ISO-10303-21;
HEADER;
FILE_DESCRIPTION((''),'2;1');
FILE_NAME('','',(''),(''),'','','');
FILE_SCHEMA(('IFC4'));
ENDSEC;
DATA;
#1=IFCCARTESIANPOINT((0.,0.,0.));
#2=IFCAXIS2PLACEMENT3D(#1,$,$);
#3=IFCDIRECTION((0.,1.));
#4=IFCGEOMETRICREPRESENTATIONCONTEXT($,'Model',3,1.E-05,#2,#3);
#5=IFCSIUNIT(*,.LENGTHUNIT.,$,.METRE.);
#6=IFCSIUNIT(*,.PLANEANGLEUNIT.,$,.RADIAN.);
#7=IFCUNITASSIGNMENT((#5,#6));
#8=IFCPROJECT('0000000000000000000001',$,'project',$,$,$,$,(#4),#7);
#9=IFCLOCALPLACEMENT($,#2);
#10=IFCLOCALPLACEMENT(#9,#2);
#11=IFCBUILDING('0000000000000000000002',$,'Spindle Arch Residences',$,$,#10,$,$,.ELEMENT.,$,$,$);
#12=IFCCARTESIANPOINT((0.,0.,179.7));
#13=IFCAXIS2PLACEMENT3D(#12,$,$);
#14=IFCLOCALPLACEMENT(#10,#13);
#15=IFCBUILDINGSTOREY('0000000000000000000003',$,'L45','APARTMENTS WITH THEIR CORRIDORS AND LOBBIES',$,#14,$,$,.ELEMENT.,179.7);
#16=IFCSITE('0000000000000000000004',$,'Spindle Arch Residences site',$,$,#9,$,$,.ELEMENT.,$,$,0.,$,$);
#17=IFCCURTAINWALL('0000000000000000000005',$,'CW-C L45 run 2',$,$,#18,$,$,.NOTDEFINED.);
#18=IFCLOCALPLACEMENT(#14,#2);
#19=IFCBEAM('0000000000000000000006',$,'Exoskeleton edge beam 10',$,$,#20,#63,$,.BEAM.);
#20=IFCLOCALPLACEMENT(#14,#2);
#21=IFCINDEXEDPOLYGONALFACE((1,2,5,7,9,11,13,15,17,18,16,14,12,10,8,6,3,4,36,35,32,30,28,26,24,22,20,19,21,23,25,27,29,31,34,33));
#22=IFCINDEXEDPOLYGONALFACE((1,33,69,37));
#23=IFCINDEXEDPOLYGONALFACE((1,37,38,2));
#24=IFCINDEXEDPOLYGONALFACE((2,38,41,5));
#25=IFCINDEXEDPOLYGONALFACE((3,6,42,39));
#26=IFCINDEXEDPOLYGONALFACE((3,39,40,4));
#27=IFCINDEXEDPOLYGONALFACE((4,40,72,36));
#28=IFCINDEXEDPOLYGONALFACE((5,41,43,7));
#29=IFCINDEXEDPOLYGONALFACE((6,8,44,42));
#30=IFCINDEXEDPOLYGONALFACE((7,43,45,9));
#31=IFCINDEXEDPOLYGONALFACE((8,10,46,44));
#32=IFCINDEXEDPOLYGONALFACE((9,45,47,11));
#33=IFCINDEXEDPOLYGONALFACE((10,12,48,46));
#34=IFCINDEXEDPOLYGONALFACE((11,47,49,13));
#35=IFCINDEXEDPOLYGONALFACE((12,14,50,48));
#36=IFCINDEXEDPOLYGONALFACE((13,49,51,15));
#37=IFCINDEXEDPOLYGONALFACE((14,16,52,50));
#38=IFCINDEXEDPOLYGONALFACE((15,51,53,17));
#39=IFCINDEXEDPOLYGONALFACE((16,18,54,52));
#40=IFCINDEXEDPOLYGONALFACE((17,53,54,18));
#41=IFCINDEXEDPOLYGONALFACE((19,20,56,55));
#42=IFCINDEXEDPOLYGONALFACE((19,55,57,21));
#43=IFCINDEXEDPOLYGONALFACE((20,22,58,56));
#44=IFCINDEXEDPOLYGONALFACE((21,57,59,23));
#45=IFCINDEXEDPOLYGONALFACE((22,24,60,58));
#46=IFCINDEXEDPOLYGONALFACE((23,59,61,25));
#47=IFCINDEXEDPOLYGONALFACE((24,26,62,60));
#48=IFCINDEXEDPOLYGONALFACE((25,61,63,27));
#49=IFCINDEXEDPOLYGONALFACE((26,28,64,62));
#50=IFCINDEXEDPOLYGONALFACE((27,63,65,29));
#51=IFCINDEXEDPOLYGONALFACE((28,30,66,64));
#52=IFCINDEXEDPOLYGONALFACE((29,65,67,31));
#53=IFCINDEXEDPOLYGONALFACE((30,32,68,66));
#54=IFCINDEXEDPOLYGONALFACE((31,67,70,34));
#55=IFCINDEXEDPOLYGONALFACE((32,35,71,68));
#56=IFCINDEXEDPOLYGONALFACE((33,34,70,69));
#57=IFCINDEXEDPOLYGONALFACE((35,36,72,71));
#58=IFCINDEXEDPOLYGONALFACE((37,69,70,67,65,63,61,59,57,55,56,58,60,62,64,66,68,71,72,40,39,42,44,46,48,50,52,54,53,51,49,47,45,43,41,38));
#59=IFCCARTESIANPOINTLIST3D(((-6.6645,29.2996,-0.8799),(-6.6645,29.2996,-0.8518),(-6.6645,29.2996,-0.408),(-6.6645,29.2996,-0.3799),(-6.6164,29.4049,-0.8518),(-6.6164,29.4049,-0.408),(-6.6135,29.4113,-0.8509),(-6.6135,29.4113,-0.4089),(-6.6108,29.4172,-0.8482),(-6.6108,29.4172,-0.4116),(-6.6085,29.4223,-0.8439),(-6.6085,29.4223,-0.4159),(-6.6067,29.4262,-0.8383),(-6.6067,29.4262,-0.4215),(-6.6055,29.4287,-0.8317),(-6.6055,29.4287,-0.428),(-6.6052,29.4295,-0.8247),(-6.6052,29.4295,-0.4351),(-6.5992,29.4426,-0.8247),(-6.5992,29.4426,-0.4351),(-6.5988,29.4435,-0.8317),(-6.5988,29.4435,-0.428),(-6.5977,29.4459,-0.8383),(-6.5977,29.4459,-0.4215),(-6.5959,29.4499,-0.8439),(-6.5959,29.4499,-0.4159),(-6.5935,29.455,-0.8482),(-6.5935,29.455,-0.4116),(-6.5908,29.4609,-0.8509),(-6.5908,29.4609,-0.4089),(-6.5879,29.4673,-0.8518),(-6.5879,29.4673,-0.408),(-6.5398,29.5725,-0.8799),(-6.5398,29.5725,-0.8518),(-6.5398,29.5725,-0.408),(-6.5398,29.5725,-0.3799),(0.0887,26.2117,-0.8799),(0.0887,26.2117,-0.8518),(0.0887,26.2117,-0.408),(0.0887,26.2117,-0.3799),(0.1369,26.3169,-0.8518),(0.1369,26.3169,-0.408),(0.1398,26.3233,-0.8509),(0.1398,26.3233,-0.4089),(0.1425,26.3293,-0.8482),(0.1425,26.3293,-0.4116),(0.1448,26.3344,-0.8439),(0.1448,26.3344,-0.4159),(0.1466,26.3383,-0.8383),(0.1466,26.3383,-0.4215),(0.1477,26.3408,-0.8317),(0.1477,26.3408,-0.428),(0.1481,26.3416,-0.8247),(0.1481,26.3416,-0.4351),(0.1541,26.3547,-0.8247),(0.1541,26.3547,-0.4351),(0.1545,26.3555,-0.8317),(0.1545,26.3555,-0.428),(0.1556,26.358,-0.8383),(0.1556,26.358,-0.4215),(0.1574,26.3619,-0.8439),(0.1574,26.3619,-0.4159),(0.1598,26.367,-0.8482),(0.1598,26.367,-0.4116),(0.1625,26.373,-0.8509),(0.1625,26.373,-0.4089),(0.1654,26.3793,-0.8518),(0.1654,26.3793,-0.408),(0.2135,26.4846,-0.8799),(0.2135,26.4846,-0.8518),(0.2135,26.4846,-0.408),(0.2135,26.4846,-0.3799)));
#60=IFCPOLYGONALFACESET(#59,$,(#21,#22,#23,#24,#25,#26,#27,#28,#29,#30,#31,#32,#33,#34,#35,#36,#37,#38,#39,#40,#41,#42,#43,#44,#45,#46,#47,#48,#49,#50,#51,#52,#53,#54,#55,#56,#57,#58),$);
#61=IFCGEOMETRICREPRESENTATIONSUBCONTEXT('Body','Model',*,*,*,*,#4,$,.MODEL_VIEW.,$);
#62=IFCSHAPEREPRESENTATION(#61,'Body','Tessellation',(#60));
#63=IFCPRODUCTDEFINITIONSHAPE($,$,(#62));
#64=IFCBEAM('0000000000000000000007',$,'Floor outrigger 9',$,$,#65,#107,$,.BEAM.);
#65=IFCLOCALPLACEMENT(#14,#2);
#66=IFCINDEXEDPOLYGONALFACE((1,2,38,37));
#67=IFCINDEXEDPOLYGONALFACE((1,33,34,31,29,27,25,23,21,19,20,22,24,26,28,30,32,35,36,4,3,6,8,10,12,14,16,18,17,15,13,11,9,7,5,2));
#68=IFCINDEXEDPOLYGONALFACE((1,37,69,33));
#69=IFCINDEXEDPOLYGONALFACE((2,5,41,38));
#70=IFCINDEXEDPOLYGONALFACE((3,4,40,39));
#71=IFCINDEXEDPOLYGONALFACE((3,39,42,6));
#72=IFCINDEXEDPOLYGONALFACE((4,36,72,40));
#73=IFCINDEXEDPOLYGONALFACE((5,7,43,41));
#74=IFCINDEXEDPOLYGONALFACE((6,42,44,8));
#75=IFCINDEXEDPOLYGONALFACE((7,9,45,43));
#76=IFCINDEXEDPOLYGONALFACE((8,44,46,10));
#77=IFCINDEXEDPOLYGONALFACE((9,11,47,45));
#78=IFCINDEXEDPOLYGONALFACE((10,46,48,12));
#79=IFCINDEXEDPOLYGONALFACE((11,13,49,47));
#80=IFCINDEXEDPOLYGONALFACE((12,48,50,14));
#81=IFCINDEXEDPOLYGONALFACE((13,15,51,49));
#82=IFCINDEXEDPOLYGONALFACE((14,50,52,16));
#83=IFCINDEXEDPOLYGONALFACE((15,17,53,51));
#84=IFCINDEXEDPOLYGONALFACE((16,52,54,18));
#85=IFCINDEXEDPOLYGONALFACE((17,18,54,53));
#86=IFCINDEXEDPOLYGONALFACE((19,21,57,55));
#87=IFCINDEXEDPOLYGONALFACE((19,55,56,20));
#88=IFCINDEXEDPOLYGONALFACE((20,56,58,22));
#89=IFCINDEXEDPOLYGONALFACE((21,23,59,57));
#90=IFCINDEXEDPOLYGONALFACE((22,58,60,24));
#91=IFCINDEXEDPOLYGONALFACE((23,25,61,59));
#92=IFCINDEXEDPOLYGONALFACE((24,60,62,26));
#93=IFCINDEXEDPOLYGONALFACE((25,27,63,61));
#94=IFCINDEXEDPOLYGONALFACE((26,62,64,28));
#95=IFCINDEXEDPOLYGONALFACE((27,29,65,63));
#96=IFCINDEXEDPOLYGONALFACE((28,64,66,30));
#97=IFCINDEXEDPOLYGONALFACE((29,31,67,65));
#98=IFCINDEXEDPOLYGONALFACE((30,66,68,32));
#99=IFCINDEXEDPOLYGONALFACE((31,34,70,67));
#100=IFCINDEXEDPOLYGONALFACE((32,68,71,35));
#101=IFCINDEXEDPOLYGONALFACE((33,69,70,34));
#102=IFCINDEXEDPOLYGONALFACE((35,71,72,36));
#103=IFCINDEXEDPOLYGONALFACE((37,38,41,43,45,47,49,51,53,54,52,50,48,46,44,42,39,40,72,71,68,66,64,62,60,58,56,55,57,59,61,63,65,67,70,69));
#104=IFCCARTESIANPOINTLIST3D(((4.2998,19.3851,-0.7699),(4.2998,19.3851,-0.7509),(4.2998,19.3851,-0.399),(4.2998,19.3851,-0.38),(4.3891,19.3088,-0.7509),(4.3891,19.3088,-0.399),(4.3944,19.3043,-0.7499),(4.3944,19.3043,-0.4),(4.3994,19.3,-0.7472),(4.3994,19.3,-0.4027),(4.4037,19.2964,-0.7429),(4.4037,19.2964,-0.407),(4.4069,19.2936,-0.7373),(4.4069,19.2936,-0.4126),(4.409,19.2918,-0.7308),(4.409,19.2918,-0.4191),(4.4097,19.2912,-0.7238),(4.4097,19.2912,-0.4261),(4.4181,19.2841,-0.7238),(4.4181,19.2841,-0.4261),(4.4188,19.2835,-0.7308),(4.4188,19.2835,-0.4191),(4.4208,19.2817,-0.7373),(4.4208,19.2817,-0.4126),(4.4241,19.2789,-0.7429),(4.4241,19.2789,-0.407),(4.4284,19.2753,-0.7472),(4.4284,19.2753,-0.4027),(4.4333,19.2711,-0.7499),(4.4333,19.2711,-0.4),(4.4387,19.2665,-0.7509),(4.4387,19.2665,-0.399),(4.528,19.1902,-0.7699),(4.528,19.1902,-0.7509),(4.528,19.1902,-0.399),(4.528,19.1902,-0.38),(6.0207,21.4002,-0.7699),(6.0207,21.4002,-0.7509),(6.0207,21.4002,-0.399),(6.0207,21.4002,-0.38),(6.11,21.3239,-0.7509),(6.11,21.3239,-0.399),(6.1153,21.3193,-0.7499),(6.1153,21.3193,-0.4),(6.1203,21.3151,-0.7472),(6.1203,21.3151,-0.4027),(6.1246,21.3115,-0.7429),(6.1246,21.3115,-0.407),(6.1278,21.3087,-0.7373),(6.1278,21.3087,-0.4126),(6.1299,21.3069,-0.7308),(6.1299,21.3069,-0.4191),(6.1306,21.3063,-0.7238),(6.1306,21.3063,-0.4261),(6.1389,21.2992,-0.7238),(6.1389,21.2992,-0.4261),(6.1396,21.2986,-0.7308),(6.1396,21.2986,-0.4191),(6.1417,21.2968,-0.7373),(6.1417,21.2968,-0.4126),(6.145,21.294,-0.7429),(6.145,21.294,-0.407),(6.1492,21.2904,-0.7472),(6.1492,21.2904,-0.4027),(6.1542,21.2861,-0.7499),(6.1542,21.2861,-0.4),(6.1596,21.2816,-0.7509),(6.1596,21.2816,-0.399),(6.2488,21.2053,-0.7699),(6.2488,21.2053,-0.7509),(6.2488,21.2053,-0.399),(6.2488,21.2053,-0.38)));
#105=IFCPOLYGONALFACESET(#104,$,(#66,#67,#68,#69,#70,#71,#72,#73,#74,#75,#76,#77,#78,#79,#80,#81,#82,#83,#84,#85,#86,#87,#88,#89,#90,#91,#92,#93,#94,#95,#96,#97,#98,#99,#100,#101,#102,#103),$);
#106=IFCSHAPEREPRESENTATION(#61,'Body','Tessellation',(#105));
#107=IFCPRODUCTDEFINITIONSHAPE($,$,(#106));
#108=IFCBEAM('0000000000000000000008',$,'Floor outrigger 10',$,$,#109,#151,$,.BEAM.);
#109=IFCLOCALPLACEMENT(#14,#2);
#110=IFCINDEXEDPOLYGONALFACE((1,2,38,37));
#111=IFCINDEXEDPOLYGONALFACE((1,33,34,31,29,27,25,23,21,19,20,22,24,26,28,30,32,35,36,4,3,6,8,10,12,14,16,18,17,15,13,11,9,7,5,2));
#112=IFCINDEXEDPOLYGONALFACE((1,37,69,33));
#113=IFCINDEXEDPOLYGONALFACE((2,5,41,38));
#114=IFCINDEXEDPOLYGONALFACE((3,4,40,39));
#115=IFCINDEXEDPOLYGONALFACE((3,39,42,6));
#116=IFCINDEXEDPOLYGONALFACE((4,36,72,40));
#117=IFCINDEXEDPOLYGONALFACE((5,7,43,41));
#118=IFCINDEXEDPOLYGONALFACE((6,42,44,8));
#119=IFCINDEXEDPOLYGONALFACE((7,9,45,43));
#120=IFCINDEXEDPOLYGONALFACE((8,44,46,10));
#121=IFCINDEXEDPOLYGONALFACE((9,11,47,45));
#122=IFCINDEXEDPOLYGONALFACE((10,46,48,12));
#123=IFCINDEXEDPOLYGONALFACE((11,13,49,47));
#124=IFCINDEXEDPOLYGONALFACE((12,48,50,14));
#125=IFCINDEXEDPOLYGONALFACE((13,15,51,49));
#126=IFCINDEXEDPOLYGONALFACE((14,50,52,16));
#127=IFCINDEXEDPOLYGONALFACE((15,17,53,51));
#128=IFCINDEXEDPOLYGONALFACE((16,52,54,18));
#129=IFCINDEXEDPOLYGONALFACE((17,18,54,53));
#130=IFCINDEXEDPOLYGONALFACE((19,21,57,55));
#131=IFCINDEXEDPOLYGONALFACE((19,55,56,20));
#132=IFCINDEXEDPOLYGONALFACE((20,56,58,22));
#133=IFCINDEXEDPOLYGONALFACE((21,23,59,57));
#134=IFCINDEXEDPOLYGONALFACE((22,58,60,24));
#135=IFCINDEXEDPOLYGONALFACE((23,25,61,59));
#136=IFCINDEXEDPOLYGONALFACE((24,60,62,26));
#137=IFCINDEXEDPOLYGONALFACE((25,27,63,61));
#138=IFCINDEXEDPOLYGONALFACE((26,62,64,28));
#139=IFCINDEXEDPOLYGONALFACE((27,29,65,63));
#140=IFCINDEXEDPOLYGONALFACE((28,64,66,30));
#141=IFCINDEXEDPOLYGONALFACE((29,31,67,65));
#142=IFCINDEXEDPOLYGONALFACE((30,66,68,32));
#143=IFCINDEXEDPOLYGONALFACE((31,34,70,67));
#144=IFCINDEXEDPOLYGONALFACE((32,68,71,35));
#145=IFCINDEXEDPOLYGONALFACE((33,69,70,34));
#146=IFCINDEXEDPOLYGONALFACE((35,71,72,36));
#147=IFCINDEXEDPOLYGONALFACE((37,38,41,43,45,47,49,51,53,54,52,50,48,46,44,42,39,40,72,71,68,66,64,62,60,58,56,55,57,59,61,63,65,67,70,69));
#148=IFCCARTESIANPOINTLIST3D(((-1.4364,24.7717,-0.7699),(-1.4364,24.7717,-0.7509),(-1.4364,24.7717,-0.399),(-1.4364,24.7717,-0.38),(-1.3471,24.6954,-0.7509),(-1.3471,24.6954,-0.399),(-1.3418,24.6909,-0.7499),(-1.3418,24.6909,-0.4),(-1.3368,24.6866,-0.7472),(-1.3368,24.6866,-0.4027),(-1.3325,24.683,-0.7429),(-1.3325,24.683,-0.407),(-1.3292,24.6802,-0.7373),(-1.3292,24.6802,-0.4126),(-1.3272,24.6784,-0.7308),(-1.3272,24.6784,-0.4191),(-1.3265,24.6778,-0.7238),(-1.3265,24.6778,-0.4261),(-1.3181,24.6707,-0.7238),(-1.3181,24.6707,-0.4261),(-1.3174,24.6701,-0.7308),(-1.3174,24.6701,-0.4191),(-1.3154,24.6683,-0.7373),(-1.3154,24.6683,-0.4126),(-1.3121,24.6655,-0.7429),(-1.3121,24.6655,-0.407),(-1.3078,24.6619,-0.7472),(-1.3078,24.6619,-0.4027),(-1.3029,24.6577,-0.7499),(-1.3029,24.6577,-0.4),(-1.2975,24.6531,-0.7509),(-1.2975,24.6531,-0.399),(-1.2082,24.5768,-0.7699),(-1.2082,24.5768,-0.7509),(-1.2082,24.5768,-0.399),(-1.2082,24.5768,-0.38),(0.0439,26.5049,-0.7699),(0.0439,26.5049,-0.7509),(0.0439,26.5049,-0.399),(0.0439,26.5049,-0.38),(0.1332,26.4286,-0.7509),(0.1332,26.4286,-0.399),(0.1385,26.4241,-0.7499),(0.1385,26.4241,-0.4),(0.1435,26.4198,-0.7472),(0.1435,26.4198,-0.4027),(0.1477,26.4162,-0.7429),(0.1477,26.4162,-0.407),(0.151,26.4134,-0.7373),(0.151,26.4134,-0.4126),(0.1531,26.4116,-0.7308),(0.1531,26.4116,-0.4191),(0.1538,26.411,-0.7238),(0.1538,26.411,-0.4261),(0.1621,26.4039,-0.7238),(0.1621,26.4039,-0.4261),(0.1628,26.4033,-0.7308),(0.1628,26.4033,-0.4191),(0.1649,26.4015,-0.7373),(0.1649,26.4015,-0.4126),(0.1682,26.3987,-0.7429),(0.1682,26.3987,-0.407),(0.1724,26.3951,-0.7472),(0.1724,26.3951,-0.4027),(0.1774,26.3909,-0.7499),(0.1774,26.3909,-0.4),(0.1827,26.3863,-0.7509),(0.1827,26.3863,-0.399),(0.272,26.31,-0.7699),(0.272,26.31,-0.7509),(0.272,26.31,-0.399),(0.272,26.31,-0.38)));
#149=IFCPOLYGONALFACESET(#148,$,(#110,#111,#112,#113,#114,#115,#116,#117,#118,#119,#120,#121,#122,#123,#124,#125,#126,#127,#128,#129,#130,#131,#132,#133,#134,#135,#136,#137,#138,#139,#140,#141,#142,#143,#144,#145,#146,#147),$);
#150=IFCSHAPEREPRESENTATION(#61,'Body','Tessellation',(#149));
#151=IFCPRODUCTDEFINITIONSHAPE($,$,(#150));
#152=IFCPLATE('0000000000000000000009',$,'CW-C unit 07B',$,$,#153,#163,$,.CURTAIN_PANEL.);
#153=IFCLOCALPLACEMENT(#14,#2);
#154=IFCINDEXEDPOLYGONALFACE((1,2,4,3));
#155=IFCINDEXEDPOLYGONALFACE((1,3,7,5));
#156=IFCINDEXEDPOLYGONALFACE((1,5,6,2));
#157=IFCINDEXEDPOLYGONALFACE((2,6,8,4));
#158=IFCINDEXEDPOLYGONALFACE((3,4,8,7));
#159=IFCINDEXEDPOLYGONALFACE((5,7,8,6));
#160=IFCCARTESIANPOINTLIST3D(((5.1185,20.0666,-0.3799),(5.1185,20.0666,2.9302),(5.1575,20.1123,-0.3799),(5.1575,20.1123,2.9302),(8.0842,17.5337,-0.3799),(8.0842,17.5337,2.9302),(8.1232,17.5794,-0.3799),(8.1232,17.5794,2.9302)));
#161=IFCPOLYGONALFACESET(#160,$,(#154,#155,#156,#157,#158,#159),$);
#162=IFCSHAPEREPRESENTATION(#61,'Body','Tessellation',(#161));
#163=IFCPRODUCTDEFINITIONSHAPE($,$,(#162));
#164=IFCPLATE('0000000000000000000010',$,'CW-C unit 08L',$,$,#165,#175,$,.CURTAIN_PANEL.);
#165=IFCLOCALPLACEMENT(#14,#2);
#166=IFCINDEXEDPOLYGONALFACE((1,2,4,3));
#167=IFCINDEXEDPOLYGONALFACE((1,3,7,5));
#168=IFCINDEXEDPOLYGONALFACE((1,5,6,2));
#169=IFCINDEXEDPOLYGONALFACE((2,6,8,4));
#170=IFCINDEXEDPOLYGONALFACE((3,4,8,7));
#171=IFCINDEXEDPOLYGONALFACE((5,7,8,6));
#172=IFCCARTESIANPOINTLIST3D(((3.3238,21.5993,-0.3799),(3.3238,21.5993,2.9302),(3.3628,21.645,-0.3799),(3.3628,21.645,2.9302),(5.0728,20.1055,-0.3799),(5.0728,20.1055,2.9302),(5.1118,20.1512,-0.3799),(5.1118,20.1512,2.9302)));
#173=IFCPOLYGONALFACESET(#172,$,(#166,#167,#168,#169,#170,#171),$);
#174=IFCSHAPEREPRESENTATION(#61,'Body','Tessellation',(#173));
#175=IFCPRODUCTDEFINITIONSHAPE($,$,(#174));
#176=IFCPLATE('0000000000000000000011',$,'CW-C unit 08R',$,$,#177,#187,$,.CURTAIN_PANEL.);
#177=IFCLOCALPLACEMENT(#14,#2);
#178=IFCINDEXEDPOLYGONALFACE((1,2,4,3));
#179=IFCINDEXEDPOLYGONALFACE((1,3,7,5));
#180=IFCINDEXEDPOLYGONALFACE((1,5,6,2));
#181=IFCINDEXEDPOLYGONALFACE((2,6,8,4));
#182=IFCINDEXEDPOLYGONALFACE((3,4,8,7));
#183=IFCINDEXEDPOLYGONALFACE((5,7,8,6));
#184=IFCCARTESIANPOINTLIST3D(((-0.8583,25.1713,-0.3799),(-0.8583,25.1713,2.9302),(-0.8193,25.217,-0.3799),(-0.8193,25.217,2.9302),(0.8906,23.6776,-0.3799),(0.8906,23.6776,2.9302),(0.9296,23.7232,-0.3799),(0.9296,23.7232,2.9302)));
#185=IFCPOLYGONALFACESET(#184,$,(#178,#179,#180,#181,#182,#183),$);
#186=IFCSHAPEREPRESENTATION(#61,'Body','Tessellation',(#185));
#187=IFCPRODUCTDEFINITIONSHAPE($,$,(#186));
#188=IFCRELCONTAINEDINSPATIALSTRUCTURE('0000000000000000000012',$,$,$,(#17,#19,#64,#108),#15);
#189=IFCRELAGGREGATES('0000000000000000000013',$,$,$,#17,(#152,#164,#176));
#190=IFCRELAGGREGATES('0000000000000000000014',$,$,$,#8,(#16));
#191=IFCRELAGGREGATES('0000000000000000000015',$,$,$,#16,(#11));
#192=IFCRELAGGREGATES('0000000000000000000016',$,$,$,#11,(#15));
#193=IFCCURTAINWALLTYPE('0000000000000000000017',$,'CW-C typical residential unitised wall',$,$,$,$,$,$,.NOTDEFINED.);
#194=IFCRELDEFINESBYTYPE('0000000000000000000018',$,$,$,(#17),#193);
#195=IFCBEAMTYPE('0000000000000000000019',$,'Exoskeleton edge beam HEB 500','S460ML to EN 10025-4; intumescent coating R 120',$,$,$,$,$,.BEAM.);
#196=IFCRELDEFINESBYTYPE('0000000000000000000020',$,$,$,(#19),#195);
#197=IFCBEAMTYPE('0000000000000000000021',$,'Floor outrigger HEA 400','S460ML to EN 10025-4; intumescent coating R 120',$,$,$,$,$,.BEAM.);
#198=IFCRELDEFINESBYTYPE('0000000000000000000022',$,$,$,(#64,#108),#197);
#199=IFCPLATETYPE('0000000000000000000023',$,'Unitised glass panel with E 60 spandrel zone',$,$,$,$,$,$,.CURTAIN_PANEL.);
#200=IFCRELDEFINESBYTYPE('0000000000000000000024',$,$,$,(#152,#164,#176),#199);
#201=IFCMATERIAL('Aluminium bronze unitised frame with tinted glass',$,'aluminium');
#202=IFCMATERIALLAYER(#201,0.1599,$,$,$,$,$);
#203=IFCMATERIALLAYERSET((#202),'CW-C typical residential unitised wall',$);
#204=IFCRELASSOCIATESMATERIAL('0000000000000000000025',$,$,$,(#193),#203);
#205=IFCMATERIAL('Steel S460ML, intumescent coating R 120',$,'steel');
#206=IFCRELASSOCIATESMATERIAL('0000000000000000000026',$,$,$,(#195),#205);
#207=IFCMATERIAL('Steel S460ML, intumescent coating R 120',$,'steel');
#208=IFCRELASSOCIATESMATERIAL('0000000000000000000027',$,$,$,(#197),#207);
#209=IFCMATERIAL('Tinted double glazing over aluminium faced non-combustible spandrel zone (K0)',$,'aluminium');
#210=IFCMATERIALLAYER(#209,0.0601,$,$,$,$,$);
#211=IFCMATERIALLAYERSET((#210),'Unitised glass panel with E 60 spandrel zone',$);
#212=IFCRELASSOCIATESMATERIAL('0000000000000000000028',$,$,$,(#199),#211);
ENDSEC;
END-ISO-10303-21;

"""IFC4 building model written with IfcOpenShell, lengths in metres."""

from ifc_helpers import new_model, si_unit, direction, frame, origin, origin_2d, place, context, subcontext, project, spatial, rectangle, i_section, extrude, material, layer, layer_set, material_profile, profile_set, type_object, element, aggregate, save


model = new_model("IFC4")

# Units and contexts
model_context = context("Model", 3, precision=1e-05, world=origin(), true_north=direction((0.0, 1.0)))
body_context = subcontext(model_context, "Body", "Model", "MODEL_VIEW")
ifc_project = project(units=[si_unit("LENGTHUNIT", "METRE"), si_unit("PLANEANGLEUNIT", "RADIAN")], contexts=[model_context])

# Site, building, storey
site_placement = place(None, origin())
site = spatial("IfcSite", under=ifc_project, at=site_placement, Name="Spindle Arch Residences site", CompositionType="ELEMENT", RefElevation=0.0)
building_placement = place(site_placement, origin())
building = spatial("IfcBuilding", under=site, at=building_placement, Name="Spindle Arch Residences", CompositionType="ELEMENT")
storey_placement = place(building_placement, frame((0.0, 0.0, 179.7)))
storey = spatial("IfcBuildingStorey", under=building, at=storey_placement, Name="L45", Description="APARTMENTS WITH THEIR CORRIDORS AND LOBBIES", CompositionType="ELEMENT", Elevation=179.7)

# Curtain wall
ifc_material_1 = material(Name="Aluminium bronze unitised frame with tinted glass", Category="aluminium")
ifc_layer_1 = layer(ifc_material_1, 0.1599)
ifc_layer_set_1 = layer_set([ifc_layer_1], Name="CW-C typical residential unitised wall")
curtain_wall_type_1 = type_object("IfcCurtainWallType", Name="CW-C typical residential unitised wall", PredefinedType="NOTDEFINED", material=ifc_layer_set_1)
curtain_wall_1_placement = place(storey_placement, origin())
curtain_wall_1 = element("IfcCurtainWall", 1, at=curtain_wall_1_placement, inside=storey, type_object=curtain_wall_type_1, Name="CW-C L45 run 2", PredefinedType="NOTDEFINED")

# Beams
ifc_material_2 = material(Name="Steel S460ML, intumescent coating R 120", Category="steel")
ifc_material_profile_1 = material_profile(ifc_material_2, i_section(OverallWidth=0.3, OverallDepth=0.5, WebThickness=0.0144, FlangeThickness=0.0281, FilletRadius=0.0271, at=origin_2d()), Name="HEB 500")
ifc_profile_set_1 = profile_set([ifc_material_profile_1], Name="Steel S460ML, intumescent coating R 120")
beam_type_1 = type_object("IfcBeamType", Name="Exoskeleton edge beam HEB 500", Description="S460ML to EN 10025-4; intumescent coating R 120", PredefinedType="BEAM", material=ifc_profile_set_1)
beam_1_placement = place(storey_placement, frame((0.1511, 26.3481, -0.6299), z_axis=(-0.909438, 0.415841, 0.0), x_axis=(-0.415841, -0.909438, 0.0)))
element("IfcBeam", 2, at=beam_1_placement, inside=storey, type_object=beam_type_1, Name="Exoskeleton edge beam 10", PredefinedType="BEAM", context=body_context, shape_type="SweptSolid", body=[
    extrude(i_section(OverallWidth=0.3, OverallDepth=0.5, WebThickness=0.0144, FlangeThickness=0.0281, FilletRadius=0.0271, at=origin_2d()), origin(), (0.0, 0.0, 1.0), 7.4258),
])
ifc_material_3 = material(Name="Steel S460ML, intumescent coating R 120", Category="steel")
ifc_material_profile_2 = material_profile(ifc_material_3, i_section(OverallWidth=0.3, OverallDepth=0.3899, WebThickness=0.011, FlangeThickness=0.019, FilletRadius=0.0271, at=origin_2d()), Name="HEA 400")
ifc_profile_set_2 = profile_set([ifc_material_profile_2], Name="Steel S460ML, intumescent coating R 120")
beam_type_2 = type_object("IfcBeamType", Name="Floor outrigger HEA 400", Description="S460ML to EN 10025-4; intumescent coating R 120", PredefinedType="BEAM", material=ifc_profile_set_2)
beam_2_placement = place(storey_placement, frame((6.1348, 21.3027, -0.575), z_axis=(-0.649417, -0.760432, 0.0), x_axis=(0.760432, -0.649417, 0.0)))
element("IfcBeam", 3, at=beam_2_placement, inside=storey, type_object=beam_type_2, Name="Floor outrigger 9", PredefinedType="BEAM", context=body_context, shape_type="SweptSolid", body=[
    extrude(i_section(OverallWidth=0.3, OverallDepth=0.3899, WebThickness=0.011, FlangeThickness=0.019, FilletRadius=0.0271, at=origin_2d()), origin(), (0.0, 0.0, 1.0), 2.6499),
])
beam_3_placement = place(storey_placement, frame((0.158, 26.4075, -0.575), z_axis=(-0.649441, -0.760412, 0.0), x_axis=(0.760412, -0.649441, 0.0)))
element("IfcBeam", 4, at=beam_3_placement, inside=storey, type_object=beam_type_2, Name="Floor outrigger 10", PredefinedType="BEAM", context=body_context, shape_type="SweptSolid", body=[
    extrude(i_section(OverallWidth=0.3, OverallDepth=0.3899, WebThickness=0.011, FlangeThickness=0.019, FilletRadius=0.0271, at=origin_2d()), origin(), (0.0, 0.0, 1.0), 2.2793),
])

# Plates
ifc_material_4 = material(Name="Tinted double glazing over aluminium faced non-combustible spandrel zone (K0)", Category="aluminium")
ifc_layer_2 = layer(ifc_material_4, 0.0601)
ifc_layer_set_2 = layer_set([ifc_layer_2], Name="Unitised glass panel with E 60 spandrel zone")
plate_type = type_object("IfcPlateType", Name="Unitised glass panel with E 60 spandrel zone", PredefinedType="CURTAIN_PANEL", material=ifc_layer_set_2)
plate_1_placement = place(storey_placement, frame((6.6208, 18.823, -0.3799), z_axis=(0.0, 0.0, 1.0), x_axis=(-0.760406, 0.649448, 0.0)))
plate_1 = element("IfcPlate", 5, at=plate_1_placement, type_object=plate_type, Name="CW-C unit 07B", PredefinedType="CURTAIN_PANEL", context=body_context, shape_type="SweptSolid", body=[
    extrude(rectangle(XDim=3.9001, YDim=0.0601, at=origin_2d()), origin(), (0.0, 0.0, 1.0), 3.3101),
])
plate_2_placement = place(storey_placement, frame((4.2178, 20.8752, -0.3799), z_axis=(0.0, 0.0, 1.0), x_axis=(-0.760406, 0.649448, 0.0)))
plate_2 = element("IfcPlate", 6, at=plate_2_placement, type_object=plate_type, Name="CW-C unit 08L", PredefinedType="CURTAIN_PANEL", context=body_context, shape_type="SweptSolid", body=[
    extrude(rectangle(XDim=2.3, YDim=0.0601, at=origin_2d()), origin(), (0.0, 0.0, 1.0), 3.3101),
])
plate_3_placement = place(storey_placement, frame((0.0356, 24.4473, -0.3799), z_axis=(0.0, 0.0, 1.0), x_axis=(-0.760406, 0.649448, 0.0)))
plate_3 = element("IfcPlate", 7, at=plate_3_placement, type_object=plate_type, Name="CW-C unit 08R", PredefinedType="CURTAIN_PANEL", context=body_context, shape_type="SweptSolid", body=[
    extrude(rectangle(XDim=2.3, YDim=0.0601, at=origin_2d()), origin(), (0.0, 0.0, 1.0), 3.3101),
])
aggregate(curtain_wall_1, [plate_1, plate_2, plate_3])

save(model, "model.ifc")
